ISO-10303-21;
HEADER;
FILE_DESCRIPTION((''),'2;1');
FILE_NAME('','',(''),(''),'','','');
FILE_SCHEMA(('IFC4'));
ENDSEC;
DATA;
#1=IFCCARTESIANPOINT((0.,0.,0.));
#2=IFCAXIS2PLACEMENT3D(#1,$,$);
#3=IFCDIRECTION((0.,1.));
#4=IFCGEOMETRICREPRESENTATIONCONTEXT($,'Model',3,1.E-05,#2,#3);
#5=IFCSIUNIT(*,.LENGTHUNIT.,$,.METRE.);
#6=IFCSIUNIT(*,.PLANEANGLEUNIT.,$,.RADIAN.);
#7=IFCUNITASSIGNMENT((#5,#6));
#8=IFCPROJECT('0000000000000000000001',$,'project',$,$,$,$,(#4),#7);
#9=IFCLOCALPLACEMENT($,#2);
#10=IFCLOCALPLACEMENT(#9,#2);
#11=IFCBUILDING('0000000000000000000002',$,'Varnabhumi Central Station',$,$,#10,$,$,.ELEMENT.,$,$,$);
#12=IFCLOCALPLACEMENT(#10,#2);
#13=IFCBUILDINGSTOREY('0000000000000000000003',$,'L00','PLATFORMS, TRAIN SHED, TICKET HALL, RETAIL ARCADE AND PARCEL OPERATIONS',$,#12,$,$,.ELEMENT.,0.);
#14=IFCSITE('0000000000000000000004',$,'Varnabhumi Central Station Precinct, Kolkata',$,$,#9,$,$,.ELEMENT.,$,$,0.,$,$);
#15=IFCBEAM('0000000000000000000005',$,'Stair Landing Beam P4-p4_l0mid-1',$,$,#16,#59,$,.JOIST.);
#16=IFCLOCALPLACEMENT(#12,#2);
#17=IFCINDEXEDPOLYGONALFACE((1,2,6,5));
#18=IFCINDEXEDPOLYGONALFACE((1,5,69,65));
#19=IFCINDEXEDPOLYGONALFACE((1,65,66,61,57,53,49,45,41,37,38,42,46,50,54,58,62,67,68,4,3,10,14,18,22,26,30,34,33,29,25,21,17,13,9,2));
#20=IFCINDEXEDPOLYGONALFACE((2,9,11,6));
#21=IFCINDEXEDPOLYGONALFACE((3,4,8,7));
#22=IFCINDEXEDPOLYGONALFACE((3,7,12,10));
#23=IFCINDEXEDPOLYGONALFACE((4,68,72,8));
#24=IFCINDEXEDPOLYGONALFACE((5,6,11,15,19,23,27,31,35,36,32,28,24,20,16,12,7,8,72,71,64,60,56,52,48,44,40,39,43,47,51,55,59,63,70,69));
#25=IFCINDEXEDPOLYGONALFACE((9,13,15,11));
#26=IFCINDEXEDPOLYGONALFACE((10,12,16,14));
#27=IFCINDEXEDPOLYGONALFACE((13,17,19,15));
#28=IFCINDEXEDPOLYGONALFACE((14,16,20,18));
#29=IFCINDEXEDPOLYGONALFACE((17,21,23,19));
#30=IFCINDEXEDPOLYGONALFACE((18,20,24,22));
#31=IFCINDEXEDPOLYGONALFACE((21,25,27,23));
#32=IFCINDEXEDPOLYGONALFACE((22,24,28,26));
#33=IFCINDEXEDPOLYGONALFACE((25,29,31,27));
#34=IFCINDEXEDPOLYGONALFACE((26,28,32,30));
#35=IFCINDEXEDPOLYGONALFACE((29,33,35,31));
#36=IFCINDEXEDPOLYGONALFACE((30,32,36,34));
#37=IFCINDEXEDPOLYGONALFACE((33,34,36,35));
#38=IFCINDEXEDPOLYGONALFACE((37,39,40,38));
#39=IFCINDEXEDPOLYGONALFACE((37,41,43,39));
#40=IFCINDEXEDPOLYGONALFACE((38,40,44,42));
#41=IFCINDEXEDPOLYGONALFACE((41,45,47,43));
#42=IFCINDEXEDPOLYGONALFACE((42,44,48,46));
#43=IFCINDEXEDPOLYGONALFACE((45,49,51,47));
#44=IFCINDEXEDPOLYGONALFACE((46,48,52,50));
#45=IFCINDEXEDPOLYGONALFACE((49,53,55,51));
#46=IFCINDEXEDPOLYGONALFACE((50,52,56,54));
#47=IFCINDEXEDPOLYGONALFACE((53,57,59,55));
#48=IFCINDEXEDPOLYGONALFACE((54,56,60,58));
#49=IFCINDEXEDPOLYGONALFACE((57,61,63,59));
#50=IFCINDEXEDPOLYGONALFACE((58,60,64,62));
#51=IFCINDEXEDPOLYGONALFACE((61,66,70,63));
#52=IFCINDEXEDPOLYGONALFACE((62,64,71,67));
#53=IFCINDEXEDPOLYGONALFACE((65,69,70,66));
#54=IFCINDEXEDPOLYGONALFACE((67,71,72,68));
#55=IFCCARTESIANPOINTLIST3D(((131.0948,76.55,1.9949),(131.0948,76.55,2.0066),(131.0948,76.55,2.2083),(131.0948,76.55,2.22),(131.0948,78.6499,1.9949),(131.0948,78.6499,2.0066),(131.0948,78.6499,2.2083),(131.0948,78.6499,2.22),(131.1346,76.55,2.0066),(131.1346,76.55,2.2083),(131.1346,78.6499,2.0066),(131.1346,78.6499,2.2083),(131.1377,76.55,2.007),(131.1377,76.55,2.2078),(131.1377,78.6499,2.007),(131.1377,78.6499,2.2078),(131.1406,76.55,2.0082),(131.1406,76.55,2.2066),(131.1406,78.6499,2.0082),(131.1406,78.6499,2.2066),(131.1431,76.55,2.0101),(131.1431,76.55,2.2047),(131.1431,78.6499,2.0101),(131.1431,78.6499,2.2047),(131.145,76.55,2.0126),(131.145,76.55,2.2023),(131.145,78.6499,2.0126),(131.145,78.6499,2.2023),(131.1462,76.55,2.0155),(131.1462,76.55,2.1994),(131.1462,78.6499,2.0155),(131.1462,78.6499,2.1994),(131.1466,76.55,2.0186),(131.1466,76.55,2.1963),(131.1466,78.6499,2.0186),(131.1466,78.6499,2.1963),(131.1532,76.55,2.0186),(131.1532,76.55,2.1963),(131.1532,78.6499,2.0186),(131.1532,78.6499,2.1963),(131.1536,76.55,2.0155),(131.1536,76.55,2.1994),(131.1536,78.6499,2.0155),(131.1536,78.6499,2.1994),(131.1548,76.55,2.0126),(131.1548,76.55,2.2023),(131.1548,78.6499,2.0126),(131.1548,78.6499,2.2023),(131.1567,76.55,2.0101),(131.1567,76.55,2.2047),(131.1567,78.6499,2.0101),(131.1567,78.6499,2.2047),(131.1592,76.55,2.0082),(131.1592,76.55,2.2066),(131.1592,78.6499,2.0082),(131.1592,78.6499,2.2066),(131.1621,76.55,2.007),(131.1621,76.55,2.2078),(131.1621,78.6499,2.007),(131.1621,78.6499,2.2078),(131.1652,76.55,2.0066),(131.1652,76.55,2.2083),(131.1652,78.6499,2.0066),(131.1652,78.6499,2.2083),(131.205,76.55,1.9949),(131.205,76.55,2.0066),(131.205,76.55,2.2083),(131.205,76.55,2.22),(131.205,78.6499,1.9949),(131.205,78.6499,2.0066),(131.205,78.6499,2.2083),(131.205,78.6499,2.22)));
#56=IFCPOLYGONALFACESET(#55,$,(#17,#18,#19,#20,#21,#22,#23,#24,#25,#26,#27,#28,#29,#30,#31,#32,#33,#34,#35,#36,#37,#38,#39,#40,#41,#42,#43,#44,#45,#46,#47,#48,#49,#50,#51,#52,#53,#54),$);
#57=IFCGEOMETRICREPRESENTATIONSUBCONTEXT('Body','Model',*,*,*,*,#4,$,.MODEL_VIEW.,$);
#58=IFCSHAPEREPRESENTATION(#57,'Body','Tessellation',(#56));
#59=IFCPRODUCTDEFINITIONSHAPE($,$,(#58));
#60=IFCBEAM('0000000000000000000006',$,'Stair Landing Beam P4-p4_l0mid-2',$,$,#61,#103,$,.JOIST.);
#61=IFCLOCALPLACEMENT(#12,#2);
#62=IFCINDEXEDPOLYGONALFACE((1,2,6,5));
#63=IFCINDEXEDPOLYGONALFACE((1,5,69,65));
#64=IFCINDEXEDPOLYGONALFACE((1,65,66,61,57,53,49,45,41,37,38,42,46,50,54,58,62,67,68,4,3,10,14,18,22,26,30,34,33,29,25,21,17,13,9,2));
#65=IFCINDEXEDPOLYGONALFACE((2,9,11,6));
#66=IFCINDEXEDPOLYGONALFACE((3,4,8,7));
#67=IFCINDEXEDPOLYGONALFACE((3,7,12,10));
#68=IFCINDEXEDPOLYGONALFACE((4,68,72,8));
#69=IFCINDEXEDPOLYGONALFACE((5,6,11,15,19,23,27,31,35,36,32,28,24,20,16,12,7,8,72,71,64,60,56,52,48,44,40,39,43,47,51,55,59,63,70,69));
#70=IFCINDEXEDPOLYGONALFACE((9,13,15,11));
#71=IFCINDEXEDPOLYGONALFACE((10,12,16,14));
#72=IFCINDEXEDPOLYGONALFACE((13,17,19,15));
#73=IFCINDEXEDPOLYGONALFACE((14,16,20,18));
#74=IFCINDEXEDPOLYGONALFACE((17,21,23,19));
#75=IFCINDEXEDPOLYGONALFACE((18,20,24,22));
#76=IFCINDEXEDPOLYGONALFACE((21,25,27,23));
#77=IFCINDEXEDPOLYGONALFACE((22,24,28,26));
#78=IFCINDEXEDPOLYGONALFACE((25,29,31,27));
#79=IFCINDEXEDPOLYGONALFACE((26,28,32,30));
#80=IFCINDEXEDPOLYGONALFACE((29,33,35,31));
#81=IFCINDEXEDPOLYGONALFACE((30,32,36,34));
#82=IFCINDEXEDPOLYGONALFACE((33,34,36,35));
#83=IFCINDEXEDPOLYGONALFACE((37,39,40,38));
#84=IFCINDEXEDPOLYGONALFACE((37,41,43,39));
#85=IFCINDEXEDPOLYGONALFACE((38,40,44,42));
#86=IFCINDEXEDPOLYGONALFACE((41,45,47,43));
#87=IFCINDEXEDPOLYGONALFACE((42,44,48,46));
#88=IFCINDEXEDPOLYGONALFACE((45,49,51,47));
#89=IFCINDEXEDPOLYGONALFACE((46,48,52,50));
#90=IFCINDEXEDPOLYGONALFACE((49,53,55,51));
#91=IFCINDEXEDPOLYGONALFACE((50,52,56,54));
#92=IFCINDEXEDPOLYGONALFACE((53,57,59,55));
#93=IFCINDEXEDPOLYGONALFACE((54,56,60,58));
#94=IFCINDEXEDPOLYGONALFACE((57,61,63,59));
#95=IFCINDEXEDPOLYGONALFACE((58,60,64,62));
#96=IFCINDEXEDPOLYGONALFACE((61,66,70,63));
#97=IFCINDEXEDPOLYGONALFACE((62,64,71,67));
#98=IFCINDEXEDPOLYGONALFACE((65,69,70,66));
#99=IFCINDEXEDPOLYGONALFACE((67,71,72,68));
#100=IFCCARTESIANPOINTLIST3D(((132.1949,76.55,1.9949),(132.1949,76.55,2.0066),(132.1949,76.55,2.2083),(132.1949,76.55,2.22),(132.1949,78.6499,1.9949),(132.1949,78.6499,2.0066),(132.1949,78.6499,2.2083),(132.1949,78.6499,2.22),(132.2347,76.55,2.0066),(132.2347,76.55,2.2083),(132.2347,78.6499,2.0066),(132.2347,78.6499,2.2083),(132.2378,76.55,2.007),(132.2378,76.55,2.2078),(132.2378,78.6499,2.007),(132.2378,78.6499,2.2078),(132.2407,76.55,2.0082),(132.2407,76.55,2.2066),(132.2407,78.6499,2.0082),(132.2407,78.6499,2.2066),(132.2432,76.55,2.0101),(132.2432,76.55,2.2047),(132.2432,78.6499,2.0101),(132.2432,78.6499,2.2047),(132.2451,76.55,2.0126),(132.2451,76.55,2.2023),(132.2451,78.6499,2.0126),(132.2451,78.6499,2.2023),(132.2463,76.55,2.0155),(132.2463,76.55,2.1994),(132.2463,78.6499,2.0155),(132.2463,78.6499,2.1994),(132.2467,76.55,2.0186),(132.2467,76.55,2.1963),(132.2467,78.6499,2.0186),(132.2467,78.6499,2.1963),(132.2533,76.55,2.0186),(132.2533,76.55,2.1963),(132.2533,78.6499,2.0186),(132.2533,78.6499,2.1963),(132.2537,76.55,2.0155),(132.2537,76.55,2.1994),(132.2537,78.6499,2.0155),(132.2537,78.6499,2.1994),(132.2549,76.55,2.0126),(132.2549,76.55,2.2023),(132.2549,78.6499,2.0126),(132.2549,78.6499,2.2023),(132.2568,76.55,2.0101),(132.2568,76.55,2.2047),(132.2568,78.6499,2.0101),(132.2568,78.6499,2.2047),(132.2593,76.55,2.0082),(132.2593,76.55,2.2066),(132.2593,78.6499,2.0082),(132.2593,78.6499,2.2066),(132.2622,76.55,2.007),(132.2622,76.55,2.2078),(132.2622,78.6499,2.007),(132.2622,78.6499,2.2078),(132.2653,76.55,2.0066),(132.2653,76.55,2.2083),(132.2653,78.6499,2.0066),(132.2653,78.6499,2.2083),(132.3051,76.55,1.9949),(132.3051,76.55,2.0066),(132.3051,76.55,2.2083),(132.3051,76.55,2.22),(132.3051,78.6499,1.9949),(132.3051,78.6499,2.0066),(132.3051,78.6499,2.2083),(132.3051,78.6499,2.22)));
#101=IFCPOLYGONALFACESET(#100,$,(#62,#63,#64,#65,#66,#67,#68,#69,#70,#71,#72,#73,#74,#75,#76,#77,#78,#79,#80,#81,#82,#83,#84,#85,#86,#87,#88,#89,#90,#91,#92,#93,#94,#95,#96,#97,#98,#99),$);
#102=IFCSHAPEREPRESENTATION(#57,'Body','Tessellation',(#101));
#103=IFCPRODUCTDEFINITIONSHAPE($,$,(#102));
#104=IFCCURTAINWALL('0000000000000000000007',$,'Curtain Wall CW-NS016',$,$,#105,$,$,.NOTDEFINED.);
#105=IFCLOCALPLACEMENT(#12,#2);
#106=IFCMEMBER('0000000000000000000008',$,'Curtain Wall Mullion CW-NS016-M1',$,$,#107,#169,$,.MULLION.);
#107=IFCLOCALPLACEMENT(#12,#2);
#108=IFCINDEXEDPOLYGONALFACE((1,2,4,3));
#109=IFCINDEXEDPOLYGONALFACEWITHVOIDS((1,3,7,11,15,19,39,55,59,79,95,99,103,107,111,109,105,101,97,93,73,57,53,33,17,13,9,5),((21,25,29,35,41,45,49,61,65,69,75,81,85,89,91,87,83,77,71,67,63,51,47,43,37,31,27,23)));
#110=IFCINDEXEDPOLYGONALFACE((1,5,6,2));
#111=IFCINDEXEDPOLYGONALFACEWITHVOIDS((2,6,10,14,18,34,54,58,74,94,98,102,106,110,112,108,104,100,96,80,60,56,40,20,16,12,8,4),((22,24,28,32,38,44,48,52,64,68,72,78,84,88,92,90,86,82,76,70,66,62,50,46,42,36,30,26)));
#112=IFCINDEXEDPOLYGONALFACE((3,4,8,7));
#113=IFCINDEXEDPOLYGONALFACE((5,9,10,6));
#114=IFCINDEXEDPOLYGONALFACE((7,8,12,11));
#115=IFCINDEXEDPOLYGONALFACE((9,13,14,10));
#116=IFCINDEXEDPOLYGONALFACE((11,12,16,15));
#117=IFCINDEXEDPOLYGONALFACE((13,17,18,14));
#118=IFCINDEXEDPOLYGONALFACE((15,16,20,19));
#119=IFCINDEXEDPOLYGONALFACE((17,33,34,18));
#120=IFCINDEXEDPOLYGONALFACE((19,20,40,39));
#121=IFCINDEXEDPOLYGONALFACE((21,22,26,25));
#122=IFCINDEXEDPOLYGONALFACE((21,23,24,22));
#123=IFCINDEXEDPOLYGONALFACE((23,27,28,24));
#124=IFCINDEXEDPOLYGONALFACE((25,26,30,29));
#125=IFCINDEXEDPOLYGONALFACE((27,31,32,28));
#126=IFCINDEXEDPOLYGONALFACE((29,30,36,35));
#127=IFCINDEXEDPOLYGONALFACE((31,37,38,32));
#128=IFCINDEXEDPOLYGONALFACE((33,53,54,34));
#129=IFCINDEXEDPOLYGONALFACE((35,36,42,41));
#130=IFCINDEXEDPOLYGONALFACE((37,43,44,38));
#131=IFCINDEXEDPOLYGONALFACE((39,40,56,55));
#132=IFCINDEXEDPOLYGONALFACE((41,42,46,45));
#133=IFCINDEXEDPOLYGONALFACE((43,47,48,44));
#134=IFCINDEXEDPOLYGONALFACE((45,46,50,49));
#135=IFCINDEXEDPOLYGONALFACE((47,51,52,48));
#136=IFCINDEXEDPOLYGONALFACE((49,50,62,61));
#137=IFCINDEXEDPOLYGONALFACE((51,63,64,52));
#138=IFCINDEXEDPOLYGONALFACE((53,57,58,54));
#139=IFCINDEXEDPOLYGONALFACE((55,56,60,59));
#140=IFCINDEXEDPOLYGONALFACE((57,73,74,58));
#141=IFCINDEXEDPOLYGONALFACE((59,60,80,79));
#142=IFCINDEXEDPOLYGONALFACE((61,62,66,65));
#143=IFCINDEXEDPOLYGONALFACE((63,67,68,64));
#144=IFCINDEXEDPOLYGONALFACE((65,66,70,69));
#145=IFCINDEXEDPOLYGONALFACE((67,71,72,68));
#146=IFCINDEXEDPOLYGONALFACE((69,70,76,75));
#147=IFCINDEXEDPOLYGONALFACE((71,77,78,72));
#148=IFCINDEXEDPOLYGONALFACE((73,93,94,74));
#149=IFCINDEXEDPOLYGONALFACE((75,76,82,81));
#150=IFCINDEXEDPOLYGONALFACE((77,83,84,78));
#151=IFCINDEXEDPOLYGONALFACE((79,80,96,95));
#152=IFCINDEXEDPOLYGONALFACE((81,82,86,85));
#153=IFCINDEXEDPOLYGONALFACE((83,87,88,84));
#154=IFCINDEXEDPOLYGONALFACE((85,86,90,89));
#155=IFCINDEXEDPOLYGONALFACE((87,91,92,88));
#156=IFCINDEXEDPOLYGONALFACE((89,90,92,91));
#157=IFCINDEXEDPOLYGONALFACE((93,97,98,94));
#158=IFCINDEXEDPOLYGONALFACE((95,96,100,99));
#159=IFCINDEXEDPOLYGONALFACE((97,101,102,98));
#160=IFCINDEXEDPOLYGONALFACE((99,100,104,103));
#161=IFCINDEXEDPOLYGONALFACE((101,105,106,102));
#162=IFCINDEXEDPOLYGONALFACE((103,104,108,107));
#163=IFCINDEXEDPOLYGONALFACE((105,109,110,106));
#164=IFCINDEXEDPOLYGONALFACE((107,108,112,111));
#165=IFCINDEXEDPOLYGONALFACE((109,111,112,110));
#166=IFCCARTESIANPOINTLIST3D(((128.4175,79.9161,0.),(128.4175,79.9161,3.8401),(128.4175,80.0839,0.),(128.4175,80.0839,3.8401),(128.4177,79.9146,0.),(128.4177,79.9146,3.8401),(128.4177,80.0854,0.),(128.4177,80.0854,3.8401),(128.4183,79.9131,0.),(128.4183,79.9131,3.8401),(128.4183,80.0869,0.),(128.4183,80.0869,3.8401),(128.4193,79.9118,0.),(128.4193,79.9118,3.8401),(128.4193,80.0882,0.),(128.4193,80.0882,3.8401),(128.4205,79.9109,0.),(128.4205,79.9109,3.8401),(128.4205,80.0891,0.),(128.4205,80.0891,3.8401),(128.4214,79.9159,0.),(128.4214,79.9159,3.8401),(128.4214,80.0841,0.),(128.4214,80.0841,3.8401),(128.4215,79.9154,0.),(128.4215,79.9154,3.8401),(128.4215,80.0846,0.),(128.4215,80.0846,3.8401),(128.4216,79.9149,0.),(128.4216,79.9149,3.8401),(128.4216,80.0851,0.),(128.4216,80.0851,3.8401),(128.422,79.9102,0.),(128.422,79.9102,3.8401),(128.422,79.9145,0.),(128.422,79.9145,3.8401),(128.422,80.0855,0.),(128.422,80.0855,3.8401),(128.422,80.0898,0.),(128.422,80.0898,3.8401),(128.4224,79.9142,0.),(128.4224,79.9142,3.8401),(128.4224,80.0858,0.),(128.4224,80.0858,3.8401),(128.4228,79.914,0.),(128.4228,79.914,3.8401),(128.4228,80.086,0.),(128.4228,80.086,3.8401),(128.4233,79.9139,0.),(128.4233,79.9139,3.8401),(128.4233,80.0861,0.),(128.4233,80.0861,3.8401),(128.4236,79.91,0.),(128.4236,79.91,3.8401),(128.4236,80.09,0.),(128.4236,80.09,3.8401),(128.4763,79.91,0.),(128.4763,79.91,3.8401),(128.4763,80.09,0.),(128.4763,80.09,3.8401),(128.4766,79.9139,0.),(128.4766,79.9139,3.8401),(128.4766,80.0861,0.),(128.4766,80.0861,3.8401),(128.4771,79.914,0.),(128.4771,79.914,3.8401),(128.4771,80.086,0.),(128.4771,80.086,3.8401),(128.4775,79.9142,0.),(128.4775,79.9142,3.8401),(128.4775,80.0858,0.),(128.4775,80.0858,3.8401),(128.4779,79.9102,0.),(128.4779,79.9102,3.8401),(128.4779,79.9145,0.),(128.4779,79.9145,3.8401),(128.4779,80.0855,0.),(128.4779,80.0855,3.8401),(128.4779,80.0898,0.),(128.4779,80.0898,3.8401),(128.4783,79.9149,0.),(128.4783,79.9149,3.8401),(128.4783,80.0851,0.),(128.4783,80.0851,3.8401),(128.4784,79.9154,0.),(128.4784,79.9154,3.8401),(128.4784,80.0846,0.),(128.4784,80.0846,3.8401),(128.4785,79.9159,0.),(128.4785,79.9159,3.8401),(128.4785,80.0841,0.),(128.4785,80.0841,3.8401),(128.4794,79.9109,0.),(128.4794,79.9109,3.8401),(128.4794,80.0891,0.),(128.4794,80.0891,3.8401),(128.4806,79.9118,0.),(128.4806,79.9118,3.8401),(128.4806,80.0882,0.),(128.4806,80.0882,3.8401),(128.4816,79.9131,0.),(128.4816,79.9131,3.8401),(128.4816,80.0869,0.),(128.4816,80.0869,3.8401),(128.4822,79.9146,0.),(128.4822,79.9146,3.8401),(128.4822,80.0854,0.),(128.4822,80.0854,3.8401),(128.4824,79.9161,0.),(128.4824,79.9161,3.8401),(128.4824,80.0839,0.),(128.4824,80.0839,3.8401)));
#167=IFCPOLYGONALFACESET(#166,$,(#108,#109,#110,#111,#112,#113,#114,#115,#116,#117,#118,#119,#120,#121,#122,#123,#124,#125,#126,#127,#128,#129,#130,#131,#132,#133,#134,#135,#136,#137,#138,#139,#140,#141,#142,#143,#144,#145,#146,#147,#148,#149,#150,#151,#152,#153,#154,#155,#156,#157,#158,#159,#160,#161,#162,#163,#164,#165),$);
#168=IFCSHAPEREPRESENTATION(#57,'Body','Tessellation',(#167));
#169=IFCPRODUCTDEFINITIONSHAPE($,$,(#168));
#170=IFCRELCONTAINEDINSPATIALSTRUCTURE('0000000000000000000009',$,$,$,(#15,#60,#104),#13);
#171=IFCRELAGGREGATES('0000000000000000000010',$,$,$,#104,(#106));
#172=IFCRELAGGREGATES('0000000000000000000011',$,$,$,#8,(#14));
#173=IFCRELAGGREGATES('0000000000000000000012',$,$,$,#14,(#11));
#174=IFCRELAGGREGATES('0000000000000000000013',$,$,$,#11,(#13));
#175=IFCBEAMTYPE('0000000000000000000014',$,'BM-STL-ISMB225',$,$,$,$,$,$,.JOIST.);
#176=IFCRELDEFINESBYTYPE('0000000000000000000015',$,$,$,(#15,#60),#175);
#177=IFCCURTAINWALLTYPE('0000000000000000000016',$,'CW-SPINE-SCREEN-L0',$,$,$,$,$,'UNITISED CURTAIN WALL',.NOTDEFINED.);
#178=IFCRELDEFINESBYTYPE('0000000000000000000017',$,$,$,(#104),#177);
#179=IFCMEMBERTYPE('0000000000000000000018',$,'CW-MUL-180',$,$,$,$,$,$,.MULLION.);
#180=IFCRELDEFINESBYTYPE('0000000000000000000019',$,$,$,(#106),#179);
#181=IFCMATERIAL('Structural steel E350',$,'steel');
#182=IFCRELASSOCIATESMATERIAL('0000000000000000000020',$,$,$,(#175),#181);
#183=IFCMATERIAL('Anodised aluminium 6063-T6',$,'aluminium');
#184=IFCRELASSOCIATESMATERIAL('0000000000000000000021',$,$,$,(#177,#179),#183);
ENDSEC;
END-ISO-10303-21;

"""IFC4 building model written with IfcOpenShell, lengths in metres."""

from ifc_helpers import new_model, si_unit, direction, frame, origin, origin_2d, place, context, subcontext, project, spatial, hollow_rectangle, i_section, extrude, material, material_profile, profile_set, type_object, element, aggregate, save


model = new_model("IFC4")

# Units and contexts
model_context = context("Model", 3, precision=1e-05, world=origin(), true_north=direction((0.0, 1.0)))
body_context = subcontext(model_context, "Body", "Model", "MODEL_VIEW")
ifc_project = project(units=[si_unit("LENGTHUNIT", "METRE"), si_unit("PLANEANGLEUNIT", "RADIAN")], contexts=[model_context])

# Site, building, storey
site_placement = place(None, origin())
site = spatial("IfcSite", under=ifc_project, at=site_placement, Name="Varnabhumi Central Station Precinct, Kolkata", CompositionType="ELEMENT", RefElevation=0.0)
building_placement = place(site_placement, origin())
building = spatial("IfcBuilding", under=site, at=building_placement, Name="Varnabhumi Central Station", CompositionType="ELEMENT")
storey_placement = place(building_placement, origin())
storey = spatial("IfcBuildingStorey", under=building, at=storey_placement, Name="L00", Description="PLATFORMS, TRAIN SHED, TICKET HALL, RETAIL ARCADE AND PARCEL OPERATIONS", CompositionType="ELEMENT", Elevation=0.0)

# Shared definitions
ifc_material_1 = material(Name="Structural steel E350", Category="steel")

# Beams
ifc_material_profile_1 = material_profile(ifc_material_1, i_section(OverallWidth=0.1101, OverallDepth=0.2251, WebThickness=0.0066, FlangeThickness=0.0117, FilletRadius=0.012, at=origin_2d()), Name="Structural steel E350", Category="steel")
ifc_profile_set_1 = profile_set([ifc_material_profile_1], Name="Structural steel E350")
beam_type_1 = type_object("IfcBeamType", Name="BM-STL-ISMB225", PredefinedType="JOIST", material=ifc_profile_set_1)
for number, where, z_axis, x_axis, name in (
    (1, (131.1499, 76.55, 2.1074), (0.0, 1.0, 0.0), (-1.0, 0.0, 0.0), "Stair Landing Beam P4-p4_l0mid-1"),
    (2, (132.25, 76.55, 2.1074), (0.0, 1.0, 0.0), (-1.0, 0.0, 0.0), "Stair Landing Beam P4-p4_l0mid-2"),
):
    element("IfcBeam", number, at=place(storey_placement, frame(where, z_axis=z_axis, x_axis=x_axis)), inside=storey, type_object=beam_type_1, Name=name, PredefinedType="JOIST", context=body_context, shape_type="SweptSolid", body=[
        extrude(i_section(OverallWidth=0.1101, OverallDepth=0.2251, WebThickness=0.0066, FlangeThickness=0.0117, FilletRadius=0.012, at=origin_2d()), origin(), (0.0, 0.0, 1.0), 2.0999),
    ])

# Curtain wall, member
ifc_material_2 = material(Name="Anodised aluminium 6063-T6", Category="aluminium")
curtain_wall_type = type_object("IfcCurtainWallType", Name="CW-SPINE-SCREEN-L0", ElementType="UNITISED CURTAIN WALL", PredefinedType="NOTDEFINED", material=ifc_material_2)
curtain_wall_placement = place(storey_placement, origin())
curtain_wall = element("IfcCurtainWall", 3, at=curtain_wall_placement, inside=storey, type_object=curtain_wall_type, Name="Curtain Wall CW-NS016", PredefinedType="NOTDEFINED")
ifc_material_profile_2 = material_profile(ifc_material_2, hollow_rectangle(XDim=0.0649, YDim=0.1799, WallThickness=0.0039, InnerFilletRadius=0.002, OuterFilletRadius=0.0061, at=origin_2d()), Name="Anodised aluminium 6063-T6", Category="aluminium")
ifc_profile_set_2 = profile_set([ifc_material_profile_2], Name="Anodised aluminium 6063-T6")
member_type_1 = type_object("IfcMemberType", Name="CW-MUL-180", PredefinedType="MULLION", material=ifc_profile_set_2)
member_1_placement = place(storey_placement, frame((128.45, 80.0, 0.0), z_axis=(0.0, 0.0, 1.0), x_axis=(1.0, 0.0, 0.0)))
member_1 = element("IfcMember", 4, at=member_1_placement, type_object=member_type_1, Name="Curtain Wall Mullion CW-NS016-M1", PredefinedType="MULLION", context=body_context, shape_type="SweptSolid", body=[
    extrude(hollow_rectangle(XDim=0.0649, YDim=0.1799, WallThickness=0.0039, InnerFilletRadius=0.002, OuterFilletRadius=0.0061, at=origin_2d()), origin(), (0.0, 0.0, 1.0), 3.8401),
])
aggregate(curtain_wall, [member_1])

save(model, "model.ifc")
